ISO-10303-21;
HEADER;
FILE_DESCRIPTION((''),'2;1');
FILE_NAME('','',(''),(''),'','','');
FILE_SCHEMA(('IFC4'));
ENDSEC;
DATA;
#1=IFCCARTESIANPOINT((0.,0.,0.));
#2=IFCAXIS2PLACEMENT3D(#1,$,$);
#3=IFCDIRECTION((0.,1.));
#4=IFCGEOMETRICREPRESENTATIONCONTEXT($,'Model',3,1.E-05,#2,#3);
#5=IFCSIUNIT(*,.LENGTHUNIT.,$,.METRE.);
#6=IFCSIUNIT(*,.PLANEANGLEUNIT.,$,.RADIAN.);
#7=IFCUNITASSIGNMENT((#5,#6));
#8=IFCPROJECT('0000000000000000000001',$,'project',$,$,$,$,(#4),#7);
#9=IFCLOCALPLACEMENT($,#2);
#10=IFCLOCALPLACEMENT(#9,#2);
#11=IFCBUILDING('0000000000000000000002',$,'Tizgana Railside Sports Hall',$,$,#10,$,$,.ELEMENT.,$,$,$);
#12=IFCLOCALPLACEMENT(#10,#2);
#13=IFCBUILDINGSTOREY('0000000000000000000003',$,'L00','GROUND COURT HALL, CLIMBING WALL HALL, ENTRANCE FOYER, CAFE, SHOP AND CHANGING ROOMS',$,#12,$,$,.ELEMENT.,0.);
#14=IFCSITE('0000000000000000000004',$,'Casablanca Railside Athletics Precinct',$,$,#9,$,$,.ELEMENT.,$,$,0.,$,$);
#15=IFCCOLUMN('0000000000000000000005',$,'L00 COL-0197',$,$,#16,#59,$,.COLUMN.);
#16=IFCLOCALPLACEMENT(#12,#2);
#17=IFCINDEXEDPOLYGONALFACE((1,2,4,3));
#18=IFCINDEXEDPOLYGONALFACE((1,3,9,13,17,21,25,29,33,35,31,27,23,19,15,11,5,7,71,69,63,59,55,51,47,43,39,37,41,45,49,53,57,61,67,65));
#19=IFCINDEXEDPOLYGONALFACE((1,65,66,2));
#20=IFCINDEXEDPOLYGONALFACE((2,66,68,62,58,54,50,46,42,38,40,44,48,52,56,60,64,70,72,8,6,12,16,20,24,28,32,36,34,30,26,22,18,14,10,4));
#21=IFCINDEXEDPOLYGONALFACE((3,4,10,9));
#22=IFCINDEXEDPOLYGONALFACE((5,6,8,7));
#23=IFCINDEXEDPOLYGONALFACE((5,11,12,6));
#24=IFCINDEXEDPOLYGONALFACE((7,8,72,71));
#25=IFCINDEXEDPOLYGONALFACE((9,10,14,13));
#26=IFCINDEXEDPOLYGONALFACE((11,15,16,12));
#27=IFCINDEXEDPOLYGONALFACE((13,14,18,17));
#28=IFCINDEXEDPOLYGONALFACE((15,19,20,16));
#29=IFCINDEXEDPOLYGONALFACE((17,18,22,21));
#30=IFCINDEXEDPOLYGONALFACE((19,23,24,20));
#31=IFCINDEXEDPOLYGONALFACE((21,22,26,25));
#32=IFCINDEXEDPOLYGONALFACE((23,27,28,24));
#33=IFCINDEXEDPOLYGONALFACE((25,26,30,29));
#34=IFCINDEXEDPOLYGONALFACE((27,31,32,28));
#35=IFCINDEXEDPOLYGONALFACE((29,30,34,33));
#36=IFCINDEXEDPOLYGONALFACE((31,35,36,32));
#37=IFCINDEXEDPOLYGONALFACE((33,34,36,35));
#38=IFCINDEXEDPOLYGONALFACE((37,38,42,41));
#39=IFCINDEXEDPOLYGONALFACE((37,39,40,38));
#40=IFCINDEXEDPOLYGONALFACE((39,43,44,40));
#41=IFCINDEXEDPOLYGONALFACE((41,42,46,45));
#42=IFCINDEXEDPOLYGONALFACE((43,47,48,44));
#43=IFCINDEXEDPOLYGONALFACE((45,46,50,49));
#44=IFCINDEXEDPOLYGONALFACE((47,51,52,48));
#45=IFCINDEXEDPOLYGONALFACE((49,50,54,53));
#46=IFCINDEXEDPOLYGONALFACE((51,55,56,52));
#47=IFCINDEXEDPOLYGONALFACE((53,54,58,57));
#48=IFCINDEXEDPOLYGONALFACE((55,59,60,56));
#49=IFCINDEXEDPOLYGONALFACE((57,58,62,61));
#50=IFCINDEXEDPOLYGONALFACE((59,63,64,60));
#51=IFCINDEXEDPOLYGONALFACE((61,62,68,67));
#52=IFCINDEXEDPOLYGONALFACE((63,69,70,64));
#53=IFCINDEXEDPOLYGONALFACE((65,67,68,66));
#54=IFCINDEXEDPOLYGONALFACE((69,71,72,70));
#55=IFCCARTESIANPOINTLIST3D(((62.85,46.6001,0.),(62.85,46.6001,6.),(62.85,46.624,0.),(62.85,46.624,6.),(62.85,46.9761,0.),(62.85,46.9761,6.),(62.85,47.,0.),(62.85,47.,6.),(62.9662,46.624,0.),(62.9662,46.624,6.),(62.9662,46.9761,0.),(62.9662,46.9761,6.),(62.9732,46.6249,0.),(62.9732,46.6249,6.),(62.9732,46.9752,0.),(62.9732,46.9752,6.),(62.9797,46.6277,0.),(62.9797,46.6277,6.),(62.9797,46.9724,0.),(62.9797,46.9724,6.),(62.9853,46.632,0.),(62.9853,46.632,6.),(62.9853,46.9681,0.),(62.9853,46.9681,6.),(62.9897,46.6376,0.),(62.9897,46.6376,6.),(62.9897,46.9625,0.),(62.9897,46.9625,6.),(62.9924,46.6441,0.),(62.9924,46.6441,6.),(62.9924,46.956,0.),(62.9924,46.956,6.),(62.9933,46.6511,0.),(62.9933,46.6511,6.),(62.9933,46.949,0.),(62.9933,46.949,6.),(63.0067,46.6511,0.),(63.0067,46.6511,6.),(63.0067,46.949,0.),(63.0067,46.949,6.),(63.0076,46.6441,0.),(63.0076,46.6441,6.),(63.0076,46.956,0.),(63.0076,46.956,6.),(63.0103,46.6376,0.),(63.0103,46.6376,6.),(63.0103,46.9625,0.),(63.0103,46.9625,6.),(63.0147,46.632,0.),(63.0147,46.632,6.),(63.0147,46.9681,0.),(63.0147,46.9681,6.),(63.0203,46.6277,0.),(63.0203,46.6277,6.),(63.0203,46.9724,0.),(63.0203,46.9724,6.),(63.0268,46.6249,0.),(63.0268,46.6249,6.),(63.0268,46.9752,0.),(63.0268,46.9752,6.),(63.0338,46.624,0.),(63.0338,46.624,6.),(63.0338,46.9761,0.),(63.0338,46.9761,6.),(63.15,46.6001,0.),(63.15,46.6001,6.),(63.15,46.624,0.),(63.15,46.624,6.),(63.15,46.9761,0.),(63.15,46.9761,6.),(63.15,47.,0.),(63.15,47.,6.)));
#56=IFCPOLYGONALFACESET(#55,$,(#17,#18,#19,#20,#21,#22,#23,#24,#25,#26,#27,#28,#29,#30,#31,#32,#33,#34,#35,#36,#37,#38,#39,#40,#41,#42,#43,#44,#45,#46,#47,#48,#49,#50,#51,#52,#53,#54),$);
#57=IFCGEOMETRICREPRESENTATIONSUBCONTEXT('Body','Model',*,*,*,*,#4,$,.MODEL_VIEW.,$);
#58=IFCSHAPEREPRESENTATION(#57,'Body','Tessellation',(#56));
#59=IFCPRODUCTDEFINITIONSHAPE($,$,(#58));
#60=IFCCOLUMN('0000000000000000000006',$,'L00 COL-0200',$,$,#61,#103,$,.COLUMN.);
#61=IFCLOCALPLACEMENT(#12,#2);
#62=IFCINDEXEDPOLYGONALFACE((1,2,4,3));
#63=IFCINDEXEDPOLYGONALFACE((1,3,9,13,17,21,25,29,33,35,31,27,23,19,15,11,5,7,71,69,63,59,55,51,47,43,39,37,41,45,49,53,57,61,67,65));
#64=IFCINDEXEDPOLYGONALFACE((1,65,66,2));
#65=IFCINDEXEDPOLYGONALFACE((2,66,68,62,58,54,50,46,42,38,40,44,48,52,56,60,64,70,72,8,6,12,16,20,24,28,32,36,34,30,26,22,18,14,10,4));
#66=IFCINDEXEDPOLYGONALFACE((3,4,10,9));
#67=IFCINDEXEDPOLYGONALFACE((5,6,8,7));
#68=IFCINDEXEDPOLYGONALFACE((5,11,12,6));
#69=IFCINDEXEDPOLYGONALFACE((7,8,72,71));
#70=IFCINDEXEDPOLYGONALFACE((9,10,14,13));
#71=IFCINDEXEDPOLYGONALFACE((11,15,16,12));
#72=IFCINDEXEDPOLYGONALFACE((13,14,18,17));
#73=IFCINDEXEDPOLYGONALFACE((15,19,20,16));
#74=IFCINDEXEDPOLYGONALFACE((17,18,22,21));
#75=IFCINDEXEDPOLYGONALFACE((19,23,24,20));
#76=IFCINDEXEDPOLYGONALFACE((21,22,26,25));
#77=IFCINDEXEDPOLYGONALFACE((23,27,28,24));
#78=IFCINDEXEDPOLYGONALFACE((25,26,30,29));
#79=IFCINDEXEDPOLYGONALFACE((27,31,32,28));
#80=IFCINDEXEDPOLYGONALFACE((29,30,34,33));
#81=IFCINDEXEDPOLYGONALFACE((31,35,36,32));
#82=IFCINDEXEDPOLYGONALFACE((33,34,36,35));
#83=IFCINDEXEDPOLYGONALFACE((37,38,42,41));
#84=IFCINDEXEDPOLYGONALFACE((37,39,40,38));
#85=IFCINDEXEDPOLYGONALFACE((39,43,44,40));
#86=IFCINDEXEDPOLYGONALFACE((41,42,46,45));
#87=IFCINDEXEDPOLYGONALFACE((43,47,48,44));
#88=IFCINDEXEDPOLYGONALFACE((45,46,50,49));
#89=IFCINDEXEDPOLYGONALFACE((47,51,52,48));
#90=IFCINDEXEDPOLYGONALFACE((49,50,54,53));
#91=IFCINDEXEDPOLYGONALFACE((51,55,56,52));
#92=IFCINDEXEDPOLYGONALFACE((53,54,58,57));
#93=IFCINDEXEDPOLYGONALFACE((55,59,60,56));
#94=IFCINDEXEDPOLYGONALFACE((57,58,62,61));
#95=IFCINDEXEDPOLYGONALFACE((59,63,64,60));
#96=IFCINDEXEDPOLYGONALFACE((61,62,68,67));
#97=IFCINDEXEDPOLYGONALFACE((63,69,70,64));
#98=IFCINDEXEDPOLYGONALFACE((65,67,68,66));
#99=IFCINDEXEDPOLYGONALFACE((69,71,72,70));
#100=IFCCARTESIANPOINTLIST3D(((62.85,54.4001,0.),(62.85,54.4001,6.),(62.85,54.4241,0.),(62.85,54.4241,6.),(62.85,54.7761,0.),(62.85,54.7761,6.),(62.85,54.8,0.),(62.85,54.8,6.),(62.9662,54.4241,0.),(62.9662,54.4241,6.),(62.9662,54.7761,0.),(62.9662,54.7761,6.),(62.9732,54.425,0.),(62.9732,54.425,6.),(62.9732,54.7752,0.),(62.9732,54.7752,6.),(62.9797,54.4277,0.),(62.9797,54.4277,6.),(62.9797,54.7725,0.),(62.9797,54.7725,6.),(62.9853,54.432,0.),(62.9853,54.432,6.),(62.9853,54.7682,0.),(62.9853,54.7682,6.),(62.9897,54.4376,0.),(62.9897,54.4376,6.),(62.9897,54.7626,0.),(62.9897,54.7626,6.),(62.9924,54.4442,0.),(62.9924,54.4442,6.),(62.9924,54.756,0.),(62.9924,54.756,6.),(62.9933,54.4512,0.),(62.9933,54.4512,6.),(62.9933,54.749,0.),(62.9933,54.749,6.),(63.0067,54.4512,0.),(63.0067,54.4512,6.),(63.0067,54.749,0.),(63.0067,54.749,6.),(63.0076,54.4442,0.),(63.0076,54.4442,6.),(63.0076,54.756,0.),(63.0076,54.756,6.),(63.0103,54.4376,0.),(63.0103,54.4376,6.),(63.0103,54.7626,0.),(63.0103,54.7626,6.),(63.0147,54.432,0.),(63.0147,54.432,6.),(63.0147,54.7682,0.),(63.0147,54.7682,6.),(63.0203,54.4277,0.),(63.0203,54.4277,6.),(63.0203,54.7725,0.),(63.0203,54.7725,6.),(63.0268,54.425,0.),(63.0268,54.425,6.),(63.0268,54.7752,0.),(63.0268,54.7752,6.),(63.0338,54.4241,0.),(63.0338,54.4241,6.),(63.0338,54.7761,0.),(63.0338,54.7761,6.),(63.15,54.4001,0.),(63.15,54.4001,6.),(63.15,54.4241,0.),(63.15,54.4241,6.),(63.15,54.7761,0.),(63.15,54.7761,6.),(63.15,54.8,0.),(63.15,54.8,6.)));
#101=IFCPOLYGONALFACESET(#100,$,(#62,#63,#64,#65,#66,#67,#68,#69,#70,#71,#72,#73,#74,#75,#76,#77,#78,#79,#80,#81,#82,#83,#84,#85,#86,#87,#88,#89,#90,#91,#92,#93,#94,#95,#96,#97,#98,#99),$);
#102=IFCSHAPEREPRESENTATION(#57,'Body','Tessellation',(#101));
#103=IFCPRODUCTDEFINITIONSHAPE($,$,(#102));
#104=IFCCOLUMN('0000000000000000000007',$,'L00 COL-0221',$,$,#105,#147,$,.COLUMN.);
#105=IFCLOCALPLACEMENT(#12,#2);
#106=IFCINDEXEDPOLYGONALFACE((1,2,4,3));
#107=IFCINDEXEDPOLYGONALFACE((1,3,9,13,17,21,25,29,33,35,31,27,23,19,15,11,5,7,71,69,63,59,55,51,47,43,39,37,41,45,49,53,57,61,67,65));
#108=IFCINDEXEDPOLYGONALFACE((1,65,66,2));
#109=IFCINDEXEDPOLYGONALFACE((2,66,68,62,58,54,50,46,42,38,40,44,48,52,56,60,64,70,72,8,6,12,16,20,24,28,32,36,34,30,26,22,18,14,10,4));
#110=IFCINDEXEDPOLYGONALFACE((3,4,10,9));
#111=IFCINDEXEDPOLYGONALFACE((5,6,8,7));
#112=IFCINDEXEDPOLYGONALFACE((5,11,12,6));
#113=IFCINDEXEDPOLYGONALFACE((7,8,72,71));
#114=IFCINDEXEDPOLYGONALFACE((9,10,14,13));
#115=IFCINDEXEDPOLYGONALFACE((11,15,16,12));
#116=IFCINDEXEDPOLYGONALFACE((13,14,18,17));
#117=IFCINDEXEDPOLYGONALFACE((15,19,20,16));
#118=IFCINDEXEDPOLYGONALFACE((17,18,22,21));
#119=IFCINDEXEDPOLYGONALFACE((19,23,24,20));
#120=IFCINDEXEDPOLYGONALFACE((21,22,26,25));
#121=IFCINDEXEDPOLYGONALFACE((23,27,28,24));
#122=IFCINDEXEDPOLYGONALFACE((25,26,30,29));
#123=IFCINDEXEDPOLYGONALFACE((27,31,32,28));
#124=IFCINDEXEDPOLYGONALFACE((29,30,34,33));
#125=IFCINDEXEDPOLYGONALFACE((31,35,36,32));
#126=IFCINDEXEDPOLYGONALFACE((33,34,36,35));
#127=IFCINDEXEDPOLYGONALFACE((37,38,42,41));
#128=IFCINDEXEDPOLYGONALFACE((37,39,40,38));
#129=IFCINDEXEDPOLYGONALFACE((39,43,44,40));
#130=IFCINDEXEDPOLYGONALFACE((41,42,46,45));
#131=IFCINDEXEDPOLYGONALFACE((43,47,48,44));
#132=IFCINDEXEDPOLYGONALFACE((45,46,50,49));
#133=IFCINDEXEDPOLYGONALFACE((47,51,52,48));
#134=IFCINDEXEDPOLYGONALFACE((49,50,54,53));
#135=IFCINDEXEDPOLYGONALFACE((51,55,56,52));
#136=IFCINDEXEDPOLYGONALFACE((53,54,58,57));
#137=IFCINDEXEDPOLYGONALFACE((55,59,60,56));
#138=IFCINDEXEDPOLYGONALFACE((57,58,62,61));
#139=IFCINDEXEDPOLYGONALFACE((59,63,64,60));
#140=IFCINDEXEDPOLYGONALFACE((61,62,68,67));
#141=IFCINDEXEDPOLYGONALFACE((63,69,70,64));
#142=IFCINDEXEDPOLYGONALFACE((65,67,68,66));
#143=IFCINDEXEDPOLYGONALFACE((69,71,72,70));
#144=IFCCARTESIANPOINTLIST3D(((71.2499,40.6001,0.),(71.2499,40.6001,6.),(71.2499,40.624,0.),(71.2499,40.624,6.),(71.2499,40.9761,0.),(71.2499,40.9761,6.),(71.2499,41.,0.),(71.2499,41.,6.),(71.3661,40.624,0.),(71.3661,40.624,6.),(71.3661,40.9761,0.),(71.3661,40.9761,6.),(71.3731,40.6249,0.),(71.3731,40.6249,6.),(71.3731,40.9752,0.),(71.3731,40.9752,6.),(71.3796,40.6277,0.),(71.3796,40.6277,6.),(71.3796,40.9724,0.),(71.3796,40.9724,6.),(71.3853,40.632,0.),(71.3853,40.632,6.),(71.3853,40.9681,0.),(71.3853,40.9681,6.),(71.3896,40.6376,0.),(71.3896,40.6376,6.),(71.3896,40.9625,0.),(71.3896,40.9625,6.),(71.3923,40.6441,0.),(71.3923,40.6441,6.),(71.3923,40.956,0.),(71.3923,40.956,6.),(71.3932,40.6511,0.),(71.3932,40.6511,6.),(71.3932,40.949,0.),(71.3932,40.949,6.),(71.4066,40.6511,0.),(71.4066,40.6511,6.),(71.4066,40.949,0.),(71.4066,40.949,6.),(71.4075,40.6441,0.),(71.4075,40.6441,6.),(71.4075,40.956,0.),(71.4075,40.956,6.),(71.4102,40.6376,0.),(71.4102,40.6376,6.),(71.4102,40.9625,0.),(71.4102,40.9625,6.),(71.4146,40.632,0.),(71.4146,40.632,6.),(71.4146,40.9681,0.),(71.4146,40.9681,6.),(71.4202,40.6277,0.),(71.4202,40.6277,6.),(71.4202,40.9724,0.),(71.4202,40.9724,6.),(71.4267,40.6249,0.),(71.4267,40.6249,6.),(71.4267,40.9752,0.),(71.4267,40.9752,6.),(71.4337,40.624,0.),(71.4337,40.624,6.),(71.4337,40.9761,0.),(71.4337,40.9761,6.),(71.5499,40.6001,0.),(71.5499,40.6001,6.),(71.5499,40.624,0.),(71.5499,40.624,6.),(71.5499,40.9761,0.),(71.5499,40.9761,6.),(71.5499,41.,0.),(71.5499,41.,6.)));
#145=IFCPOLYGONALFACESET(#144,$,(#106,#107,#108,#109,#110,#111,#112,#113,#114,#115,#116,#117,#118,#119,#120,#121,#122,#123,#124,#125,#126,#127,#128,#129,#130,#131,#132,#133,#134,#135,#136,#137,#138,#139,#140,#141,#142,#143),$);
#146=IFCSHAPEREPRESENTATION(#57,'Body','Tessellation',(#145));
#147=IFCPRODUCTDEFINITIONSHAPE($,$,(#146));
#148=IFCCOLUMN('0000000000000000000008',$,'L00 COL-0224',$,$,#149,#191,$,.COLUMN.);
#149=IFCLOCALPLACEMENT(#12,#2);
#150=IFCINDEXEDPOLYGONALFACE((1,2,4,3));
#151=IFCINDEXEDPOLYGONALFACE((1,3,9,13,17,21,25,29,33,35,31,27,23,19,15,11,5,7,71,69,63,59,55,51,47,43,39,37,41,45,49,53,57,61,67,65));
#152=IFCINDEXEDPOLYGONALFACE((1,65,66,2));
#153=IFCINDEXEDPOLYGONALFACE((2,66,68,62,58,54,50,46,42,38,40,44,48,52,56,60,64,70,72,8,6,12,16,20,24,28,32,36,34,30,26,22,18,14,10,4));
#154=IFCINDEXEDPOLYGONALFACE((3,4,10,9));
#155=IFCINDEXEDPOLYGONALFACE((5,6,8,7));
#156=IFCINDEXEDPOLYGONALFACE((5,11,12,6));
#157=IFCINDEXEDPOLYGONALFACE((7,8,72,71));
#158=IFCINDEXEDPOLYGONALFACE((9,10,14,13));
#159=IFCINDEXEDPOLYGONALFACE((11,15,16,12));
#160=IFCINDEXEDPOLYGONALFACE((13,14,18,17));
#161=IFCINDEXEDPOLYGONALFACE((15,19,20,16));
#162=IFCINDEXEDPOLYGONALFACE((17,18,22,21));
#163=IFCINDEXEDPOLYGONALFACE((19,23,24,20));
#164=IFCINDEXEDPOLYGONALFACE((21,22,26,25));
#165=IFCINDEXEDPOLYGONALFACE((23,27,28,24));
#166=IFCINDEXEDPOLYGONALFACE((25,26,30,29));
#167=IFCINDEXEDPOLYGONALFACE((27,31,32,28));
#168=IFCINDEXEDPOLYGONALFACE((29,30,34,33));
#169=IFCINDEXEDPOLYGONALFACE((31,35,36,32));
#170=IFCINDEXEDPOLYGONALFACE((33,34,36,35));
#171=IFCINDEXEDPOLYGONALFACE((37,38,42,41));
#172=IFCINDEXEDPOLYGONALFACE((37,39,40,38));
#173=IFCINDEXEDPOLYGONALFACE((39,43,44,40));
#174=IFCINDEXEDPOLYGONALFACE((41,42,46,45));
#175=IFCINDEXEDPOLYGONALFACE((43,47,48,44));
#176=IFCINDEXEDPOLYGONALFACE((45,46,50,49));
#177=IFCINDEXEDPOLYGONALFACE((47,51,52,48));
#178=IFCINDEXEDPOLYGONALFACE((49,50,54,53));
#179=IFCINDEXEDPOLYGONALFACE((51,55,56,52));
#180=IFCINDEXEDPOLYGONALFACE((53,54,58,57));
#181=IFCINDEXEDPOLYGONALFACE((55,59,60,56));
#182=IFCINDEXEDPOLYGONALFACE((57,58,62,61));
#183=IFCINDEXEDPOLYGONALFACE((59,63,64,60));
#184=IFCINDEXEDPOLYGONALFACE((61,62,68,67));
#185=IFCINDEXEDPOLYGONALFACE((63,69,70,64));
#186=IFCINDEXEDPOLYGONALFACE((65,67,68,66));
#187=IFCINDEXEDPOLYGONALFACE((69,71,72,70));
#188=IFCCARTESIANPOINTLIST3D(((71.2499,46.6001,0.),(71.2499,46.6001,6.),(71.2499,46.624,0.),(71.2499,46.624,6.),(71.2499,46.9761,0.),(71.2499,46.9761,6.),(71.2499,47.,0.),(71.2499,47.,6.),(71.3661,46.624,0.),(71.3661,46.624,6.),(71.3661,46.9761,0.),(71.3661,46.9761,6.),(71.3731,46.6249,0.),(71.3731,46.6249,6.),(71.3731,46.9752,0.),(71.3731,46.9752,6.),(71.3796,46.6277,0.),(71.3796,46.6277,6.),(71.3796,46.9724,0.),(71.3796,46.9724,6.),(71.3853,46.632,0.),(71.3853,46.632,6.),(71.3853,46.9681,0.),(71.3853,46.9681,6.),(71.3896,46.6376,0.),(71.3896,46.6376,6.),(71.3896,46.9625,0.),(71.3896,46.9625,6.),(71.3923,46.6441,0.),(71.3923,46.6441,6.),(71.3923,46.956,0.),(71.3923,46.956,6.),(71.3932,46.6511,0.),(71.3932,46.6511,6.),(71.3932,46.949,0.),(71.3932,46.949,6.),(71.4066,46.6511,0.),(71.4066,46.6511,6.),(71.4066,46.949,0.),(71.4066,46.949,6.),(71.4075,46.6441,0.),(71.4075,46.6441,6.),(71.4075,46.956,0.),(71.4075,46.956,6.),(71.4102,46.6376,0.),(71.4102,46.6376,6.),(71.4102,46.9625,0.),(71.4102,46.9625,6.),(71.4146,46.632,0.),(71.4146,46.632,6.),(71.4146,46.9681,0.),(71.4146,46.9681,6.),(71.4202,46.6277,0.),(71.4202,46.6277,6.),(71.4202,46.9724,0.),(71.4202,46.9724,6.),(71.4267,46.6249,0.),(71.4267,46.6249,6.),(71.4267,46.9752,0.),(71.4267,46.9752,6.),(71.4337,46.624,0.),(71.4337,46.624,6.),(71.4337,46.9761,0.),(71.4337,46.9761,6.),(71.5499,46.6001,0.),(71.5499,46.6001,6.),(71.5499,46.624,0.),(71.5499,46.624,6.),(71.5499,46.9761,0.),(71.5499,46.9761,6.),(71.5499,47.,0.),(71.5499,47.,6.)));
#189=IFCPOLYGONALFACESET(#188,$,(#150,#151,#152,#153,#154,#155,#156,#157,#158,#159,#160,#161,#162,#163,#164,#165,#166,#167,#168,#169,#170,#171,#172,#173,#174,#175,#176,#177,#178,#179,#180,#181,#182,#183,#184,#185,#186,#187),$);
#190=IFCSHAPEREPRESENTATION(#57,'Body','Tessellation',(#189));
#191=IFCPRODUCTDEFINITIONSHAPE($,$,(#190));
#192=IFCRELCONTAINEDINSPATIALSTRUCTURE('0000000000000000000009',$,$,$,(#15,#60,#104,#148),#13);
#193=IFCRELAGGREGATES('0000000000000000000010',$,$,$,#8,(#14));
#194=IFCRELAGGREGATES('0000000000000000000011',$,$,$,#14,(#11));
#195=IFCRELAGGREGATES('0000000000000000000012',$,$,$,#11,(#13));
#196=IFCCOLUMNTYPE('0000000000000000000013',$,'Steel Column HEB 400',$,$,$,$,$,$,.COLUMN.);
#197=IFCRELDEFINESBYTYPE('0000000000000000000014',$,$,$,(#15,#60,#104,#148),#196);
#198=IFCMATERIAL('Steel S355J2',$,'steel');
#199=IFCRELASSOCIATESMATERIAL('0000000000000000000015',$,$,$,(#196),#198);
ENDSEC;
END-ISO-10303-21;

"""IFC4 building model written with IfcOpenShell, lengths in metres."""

from ifc_helpers import new_model, si_unit, direction, frame, origin, origin_2d, place, context, subcontext, project, spatial, i_section, extrude, material, material_profile, profile_set, type_object, element, save


model = new_model("IFC4")

# Units and contexts
model_context = context("Model", 3, precision=1e-05, world=origin(), true_north=direction((0.0, 1.0)))
body_context = subcontext(model_context, "Body", "Model", "MODEL_VIEW")
ifc_project = project(units=[si_unit("LENGTHUNIT", "METRE"), si_unit("PLANEANGLEUNIT", "RADIAN")], contexts=[model_context])

# Site, building, storey
site_placement = place(None, origin())
site = spatial("IfcSite", under=ifc_project, at=site_placement, Name="Casablanca Railside Athletics Precinct", CompositionType="ELEMENT", RefElevation=0.0)
building_placement = place(site_placement, origin())
building = spatial("IfcBuilding", under=site, at=building_placement, Name="Tizgana Railside Sports Hall", CompositionType="ELEMENT")
storey_placement = place(building_placement, origin())
storey = spatial("IfcBuildingStorey", under=building, at=storey_placement, Name="L00", Description="GROUND COURT HALL, CLIMBING WALL HALL, ENTRANCE FOYER, CAFE, SHOP AND CHANGING ROOMS", CompositionType="ELEMENT", Elevation=0.0)

# Columns
ifc_material_1 = material(Name="Steel S355J2", Category="steel")
ifc_material_profile_1 = material_profile(ifc_material_1, i_section(OverallWidth=0.3, OverallDepth=0.3999, WebThickness=0.0134, FlangeThickness=0.0239, FilletRadius=0.0271, at=origin_2d()), Name="HEB 400")
ifc_profile_set_1 = profile_set([ifc_material_profile_1], Name="Steel S355J2")
column_type = type_object("IfcColumnType", Name="Steel Column HEB 400", PredefinedType="COLUMN", material=ifc_profile_set_1)
for number, where, z_axis, x_axis, name in (
    (1, (63.0, 46.8, 0.0), (0.0, 0.0, 1.0), (1.0, 0.0, 0.0), "L00 COL-0197"),
    (2, (63.0, 54.6001, 0.0), (0.0, 0.0, 1.0), (1.0, 0.0, 0.0), "L00 COL-0200"),
    (3, (71.3999, 40.8, 0.0), (0.0, 0.0, 1.0), (1.0, 0.0, 0.0), "L00 COL-0221"),
    (4, (71.3999, 46.8, 0.0), (0.0, 0.0, 1.0), (1.0, 0.0, 0.0), "L00 COL-0224"),
):
    element("IfcColumn", number, at=place(storey_placement, frame(where, z_axis=z_axis, x_axis=x_axis)), inside=storey, type_object=column_type, Name=name, PredefinedType="COLUMN", context=body_context, shape_type="SweptSolid", body=[
        extrude(i_section(OverallWidth=0.3, OverallDepth=0.3999, WebThickness=0.0134, FlangeThickness=0.0239, FilletRadius=0.0271, at=origin_2d()), origin(), (0.0, 0.0, 1.0), 6.0),
    ])

save(model, "model.ifc")
